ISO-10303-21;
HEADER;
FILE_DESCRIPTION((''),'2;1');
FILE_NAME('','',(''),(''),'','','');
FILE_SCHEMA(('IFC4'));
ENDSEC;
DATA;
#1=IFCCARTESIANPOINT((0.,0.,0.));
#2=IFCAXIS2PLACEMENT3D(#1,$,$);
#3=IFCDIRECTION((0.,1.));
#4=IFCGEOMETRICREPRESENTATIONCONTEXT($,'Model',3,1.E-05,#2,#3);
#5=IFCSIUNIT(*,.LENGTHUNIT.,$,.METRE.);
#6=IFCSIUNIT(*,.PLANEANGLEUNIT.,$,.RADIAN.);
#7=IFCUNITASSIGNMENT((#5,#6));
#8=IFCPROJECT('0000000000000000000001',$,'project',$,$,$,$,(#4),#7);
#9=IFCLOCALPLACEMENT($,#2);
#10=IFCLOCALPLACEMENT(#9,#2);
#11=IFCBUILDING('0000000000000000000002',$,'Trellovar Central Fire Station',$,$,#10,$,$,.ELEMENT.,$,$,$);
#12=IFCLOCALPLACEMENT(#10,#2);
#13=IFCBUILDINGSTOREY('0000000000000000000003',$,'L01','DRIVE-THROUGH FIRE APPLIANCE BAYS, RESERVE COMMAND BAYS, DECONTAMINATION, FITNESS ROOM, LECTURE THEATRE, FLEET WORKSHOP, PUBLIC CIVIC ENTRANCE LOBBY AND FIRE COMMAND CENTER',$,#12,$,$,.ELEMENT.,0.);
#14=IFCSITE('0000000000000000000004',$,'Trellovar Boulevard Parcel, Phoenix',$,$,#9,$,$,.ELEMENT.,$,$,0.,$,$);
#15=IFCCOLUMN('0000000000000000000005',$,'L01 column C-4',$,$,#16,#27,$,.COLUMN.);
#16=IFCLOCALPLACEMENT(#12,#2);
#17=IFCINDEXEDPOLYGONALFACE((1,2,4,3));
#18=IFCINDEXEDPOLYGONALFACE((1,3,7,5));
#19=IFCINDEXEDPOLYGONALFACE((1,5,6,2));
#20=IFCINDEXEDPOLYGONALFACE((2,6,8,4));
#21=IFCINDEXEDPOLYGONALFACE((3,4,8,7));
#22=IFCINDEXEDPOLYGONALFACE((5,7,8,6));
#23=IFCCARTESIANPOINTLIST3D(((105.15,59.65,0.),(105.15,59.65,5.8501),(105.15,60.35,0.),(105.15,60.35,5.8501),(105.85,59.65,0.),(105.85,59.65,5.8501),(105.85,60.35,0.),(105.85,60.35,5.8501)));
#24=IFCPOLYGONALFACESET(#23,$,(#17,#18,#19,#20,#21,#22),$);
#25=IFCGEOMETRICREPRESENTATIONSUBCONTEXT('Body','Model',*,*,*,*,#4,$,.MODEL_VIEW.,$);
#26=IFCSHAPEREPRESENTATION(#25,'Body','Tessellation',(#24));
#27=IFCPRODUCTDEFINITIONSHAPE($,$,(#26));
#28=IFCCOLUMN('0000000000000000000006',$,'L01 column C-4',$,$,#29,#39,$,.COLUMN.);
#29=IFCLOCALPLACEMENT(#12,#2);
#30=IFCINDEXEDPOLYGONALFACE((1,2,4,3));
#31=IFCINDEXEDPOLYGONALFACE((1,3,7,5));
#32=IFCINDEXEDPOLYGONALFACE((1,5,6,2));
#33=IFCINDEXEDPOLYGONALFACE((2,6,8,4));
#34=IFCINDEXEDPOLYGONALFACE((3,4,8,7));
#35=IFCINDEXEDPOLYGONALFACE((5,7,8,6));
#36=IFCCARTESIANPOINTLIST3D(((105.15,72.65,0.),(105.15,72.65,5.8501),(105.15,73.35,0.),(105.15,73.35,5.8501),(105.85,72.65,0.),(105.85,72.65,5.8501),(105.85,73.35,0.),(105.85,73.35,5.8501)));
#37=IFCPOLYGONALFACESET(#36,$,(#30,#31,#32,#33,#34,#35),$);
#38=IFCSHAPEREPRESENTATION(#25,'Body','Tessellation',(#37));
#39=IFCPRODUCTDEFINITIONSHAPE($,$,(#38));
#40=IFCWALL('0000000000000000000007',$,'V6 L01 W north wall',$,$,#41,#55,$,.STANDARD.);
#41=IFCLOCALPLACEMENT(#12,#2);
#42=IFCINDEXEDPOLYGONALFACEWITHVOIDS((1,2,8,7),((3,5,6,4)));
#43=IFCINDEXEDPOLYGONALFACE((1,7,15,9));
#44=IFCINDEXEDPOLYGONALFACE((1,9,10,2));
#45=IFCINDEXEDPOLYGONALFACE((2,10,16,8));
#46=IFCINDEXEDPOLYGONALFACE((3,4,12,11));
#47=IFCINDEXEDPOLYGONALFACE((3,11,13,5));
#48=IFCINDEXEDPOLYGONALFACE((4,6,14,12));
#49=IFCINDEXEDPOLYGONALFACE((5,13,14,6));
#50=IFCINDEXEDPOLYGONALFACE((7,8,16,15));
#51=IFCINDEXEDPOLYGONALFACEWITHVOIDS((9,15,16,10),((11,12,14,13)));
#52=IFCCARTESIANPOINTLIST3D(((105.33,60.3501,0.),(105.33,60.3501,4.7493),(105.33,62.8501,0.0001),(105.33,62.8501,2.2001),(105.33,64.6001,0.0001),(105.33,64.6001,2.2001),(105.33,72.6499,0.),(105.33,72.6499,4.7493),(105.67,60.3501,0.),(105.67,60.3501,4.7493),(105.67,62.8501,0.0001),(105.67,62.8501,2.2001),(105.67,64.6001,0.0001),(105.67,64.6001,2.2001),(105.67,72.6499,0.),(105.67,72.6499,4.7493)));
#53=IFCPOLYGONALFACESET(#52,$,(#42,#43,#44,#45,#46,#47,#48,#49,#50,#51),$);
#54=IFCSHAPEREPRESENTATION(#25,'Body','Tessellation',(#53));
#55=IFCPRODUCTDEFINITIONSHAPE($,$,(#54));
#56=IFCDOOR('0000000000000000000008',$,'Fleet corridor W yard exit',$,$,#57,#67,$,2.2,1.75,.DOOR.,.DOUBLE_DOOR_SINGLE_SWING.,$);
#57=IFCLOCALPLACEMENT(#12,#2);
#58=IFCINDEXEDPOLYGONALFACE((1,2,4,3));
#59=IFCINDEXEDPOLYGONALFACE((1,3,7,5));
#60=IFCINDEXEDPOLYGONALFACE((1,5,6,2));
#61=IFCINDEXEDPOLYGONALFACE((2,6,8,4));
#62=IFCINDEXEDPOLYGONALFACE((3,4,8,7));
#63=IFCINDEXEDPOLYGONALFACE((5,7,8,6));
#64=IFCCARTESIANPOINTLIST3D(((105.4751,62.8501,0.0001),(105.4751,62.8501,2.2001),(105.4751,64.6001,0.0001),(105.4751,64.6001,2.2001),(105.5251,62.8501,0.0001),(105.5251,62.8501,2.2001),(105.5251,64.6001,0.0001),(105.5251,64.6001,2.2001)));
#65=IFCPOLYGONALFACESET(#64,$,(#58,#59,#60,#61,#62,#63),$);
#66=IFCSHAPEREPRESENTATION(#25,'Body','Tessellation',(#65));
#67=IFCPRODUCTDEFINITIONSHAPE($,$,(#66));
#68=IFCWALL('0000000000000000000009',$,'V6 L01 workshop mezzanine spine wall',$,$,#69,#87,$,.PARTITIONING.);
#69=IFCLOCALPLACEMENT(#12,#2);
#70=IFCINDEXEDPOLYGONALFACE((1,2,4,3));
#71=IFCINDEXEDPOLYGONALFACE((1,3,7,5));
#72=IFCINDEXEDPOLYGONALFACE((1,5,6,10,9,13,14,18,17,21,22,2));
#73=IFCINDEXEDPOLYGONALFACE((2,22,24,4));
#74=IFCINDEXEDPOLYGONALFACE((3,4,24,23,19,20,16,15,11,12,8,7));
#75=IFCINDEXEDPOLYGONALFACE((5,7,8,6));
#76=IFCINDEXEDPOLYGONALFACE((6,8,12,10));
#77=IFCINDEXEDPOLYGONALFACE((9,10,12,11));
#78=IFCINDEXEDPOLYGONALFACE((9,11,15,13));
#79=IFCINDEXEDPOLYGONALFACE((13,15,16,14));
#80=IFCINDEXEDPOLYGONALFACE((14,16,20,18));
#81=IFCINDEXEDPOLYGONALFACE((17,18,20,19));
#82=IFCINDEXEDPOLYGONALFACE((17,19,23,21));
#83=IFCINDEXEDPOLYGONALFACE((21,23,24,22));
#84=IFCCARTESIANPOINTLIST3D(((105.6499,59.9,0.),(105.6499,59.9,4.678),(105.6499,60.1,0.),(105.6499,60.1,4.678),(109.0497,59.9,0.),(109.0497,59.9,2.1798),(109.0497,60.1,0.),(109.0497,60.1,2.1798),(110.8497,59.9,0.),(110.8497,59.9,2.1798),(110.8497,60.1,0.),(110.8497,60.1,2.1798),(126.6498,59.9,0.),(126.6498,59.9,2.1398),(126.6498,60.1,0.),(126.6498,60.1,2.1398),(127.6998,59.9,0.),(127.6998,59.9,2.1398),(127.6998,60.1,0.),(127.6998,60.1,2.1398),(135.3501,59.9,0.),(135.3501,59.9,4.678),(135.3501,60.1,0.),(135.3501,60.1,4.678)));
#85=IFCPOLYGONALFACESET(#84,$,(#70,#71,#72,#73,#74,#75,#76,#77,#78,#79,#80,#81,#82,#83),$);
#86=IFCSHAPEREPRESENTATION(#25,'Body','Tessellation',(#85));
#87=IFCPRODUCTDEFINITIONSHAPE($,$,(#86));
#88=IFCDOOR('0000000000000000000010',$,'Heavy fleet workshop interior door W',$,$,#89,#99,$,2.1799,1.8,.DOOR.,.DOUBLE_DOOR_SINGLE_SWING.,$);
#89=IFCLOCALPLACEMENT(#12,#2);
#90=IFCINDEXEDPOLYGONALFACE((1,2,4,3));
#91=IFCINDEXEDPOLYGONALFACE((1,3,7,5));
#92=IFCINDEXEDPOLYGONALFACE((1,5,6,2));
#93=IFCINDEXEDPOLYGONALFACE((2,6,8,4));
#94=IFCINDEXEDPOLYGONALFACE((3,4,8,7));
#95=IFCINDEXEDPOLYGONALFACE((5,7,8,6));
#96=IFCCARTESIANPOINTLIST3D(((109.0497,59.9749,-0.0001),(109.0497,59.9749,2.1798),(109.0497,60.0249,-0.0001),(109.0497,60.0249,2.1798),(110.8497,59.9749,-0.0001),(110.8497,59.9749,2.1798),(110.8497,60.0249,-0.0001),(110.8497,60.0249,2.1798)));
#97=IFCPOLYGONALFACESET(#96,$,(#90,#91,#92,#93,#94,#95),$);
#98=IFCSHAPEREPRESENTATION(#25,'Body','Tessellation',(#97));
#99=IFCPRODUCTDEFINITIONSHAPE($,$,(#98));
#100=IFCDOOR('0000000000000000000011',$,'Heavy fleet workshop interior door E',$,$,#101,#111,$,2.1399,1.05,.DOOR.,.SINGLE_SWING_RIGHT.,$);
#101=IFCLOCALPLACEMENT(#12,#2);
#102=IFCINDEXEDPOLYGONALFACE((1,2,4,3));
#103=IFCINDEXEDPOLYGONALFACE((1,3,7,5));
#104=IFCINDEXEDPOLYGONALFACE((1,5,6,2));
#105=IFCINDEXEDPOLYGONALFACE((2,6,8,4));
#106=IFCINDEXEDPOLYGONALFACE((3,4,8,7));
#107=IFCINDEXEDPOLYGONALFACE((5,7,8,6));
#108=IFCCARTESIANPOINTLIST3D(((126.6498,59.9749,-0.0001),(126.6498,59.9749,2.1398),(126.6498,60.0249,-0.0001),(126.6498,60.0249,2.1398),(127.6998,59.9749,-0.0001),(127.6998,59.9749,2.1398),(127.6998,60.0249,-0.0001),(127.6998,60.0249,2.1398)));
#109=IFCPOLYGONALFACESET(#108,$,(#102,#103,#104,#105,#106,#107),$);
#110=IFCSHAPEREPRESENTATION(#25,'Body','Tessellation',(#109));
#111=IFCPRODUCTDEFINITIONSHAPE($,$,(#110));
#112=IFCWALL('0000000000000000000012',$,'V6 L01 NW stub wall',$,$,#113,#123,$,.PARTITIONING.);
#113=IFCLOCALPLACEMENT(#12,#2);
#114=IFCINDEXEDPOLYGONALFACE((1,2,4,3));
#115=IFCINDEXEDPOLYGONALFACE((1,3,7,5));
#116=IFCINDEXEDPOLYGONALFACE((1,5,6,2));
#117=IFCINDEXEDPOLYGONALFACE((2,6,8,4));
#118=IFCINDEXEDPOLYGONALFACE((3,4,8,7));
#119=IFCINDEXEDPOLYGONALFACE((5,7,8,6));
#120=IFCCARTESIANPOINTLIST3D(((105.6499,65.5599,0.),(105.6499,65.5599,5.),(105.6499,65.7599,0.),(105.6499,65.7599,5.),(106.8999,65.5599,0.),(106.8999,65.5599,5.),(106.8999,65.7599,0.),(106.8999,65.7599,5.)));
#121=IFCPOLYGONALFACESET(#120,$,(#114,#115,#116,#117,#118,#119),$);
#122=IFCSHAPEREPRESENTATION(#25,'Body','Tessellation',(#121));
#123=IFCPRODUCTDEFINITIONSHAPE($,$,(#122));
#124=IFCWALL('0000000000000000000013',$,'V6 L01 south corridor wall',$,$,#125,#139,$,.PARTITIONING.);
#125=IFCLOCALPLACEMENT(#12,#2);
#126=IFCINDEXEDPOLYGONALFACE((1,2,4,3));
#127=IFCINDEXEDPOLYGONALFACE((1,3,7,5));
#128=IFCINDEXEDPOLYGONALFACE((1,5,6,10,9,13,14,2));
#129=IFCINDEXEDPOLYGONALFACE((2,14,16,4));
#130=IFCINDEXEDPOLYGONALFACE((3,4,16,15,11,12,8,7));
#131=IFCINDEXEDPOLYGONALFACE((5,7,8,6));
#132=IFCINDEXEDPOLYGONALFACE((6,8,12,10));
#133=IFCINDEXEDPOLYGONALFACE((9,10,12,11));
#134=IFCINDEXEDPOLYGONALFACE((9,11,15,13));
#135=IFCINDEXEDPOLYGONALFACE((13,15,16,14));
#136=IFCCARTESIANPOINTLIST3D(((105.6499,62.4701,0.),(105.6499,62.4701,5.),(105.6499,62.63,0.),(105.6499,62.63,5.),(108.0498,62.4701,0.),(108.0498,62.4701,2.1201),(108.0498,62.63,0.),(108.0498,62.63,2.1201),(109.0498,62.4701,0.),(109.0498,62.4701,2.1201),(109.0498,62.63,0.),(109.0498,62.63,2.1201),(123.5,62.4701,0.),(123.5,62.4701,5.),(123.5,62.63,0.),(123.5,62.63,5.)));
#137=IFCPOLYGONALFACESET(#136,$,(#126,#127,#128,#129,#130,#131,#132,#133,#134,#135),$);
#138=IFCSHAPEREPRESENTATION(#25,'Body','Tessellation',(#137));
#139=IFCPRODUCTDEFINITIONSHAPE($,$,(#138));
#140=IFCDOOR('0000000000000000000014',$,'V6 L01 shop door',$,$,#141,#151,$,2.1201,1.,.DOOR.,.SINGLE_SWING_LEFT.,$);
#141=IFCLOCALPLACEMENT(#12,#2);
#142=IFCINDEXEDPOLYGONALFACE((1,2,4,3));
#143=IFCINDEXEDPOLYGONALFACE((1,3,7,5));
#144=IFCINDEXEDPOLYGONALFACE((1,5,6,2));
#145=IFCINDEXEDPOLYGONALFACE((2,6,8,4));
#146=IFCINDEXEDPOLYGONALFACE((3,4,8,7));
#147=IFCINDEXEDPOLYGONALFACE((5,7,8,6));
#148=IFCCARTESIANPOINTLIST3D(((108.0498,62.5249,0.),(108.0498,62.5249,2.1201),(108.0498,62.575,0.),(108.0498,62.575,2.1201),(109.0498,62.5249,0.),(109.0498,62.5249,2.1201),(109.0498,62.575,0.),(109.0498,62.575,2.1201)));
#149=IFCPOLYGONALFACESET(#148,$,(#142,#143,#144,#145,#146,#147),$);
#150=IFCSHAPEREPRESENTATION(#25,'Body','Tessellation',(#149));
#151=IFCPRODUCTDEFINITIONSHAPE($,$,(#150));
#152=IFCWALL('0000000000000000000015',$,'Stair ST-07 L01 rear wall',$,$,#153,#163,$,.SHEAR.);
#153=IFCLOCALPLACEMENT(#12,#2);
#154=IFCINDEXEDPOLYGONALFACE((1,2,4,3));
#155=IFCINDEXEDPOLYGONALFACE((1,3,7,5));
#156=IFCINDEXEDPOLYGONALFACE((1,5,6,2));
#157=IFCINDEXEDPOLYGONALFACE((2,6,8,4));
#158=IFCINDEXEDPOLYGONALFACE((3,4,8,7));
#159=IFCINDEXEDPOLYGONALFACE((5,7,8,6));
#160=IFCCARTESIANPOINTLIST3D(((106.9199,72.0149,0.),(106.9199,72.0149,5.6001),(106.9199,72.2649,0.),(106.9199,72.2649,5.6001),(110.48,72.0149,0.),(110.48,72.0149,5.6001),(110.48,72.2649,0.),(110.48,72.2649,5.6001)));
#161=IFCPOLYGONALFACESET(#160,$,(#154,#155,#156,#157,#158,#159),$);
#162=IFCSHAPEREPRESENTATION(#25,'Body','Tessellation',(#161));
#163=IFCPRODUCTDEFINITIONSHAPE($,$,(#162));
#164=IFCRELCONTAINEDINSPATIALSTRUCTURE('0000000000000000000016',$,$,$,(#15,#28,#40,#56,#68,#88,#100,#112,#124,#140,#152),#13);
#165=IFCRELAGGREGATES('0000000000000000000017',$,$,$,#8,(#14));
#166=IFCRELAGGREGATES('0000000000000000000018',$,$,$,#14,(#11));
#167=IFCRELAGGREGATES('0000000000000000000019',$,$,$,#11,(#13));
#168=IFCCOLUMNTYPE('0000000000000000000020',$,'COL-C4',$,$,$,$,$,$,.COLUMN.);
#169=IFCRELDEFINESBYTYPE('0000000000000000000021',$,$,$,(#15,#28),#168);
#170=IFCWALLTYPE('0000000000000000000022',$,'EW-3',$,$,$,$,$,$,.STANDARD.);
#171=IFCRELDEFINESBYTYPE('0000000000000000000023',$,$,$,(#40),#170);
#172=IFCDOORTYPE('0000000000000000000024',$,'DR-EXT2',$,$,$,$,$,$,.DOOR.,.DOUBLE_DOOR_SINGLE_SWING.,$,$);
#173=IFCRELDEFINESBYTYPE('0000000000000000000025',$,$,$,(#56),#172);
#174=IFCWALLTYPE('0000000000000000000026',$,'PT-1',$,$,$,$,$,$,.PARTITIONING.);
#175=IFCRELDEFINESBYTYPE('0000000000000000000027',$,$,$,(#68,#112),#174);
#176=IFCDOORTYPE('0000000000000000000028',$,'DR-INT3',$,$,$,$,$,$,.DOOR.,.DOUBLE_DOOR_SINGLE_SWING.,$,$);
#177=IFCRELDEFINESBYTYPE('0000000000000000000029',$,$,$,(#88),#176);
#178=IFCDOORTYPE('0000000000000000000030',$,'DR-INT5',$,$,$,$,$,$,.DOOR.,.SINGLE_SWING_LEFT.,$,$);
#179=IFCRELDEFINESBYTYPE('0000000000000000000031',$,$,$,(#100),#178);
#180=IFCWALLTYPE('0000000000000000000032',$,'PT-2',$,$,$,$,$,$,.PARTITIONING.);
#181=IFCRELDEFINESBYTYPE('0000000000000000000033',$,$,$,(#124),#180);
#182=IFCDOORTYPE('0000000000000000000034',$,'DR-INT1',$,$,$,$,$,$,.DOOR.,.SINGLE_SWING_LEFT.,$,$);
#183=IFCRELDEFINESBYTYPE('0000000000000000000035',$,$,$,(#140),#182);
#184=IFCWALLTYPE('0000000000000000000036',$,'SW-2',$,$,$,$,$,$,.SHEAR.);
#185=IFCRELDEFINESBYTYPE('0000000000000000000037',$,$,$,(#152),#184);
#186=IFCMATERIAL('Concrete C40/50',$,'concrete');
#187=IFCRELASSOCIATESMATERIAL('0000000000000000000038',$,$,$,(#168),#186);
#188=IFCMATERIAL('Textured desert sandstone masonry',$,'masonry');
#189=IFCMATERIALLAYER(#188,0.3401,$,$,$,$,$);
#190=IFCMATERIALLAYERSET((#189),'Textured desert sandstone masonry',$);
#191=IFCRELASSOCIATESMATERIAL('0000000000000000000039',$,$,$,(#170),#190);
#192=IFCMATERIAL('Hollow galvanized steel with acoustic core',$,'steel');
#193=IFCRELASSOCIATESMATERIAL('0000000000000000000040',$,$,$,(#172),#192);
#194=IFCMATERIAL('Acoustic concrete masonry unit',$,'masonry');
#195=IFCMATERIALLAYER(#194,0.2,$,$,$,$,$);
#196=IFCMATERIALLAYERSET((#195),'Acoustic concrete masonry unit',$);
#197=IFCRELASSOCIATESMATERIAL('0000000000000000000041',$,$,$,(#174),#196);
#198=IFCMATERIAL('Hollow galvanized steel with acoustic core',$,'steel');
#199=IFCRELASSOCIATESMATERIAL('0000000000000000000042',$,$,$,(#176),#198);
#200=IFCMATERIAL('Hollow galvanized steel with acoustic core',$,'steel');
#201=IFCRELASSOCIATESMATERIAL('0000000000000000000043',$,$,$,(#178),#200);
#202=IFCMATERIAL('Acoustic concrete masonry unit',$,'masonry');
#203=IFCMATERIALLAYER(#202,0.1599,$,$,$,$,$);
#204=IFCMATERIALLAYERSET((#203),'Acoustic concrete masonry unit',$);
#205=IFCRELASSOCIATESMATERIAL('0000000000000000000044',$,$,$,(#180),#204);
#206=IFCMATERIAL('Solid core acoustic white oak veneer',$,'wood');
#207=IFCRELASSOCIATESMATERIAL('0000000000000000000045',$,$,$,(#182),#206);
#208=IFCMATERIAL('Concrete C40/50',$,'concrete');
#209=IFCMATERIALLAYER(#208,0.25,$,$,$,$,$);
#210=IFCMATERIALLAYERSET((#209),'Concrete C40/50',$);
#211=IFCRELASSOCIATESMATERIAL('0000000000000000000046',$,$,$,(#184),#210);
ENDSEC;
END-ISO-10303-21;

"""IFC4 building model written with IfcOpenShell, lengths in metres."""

from ifc_helpers import new_model, si_unit, direction, frame, frame_2d, origin, origin_2d, place, context, subcontext, project, spatial, rectangle, extrude, material, layer, layer_set, material_profile, profile_set, type_object, element, fill, save


model = new_model("IFC4")

# Units and contexts
model_context = context("Model", 3, precision=1e-05, world=origin(), true_north=direction((0.0, 1.0)))
body_context = subcontext(model_context, "Body", "Model", "MODEL_VIEW")
ifc_project = project(units=[si_unit("LENGTHUNIT", "METRE"), si_unit("PLANEANGLEUNIT", "RADIAN")], contexts=[model_context])

# Site, building, storey
site_placement = place(None, origin())
site = spatial("IfcSite", under=ifc_project, at=site_placement, Name="Trellovar Boulevard Parcel, Phoenix", CompositionType="ELEMENT", RefElevation=0.0)
building_placement = place(site_placement, origin())
building = spatial("IfcBuilding", under=site, at=building_placement, Name="Trellovar Central Fire Station", CompositionType="ELEMENT")
storey_placement = place(building_placement, origin())
storey = spatial("IfcBuildingStorey", under=building, at=storey_placement, Name="L01", Description="DRIVE-THROUGH FIRE APPLIANCE BAYS, RESERVE COMMAND BAYS, DECONTAMINATION, FITNESS ROOM, LECTURE THEATRE, FLEET WORKSHOP, PUBLIC CIVIC ENTRANCE LOBBY AND FIRE COMMAND CENTER", CompositionType="ELEMENT", Elevation=0.0)

# Columns
ifc_material_1 = material(Name="Concrete C40/50", Category="concrete")
ifc_material_profile_1 = material_profile(ifc_material_1, rectangle(XDim=0.7, YDim=0.7, at=origin_2d()), Name="RC700X700")
ifc_profile_set_1 = profile_set([ifc_material_profile_1], Name="Concrete C40/50")
column_type = type_object("IfcColumnType", Name="COL-C4", PredefinedType="COLUMN", material=ifc_profile_set_1)
for number, where, z_axis, x_axis, name in (
    (1, (105.5, 60.0, 0.0), (0.0, 0.0, 1.0), (1.0, 0.0, 0.0), "L01 column C-4"),
    (2, (105.5, 73.0, 0.0), (0.0, 0.0, 1.0), (1.0, 0.0, 0.0), "L01 column C-4"),
):
    element("IfcColumn", number, at=place(storey_placement, frame(where, z_axis=z_axis, x_axis=x_axis)), inside=storey, type_object=column_type, Name=name, PredefinedType="COLUMN", context=body_context, shape_type="SweptSolid", body=[
        extrude(rectangle(XDim=0.7, YDim=0.7, at=origin_2d()), origin(), (0.0, 0.0, 1.0), 5.8501),
    ])

# Wall, opening, door
ifc_material_2 = material(Name="Textured desert sandstone masonry", Category="masonry")
ifc_layer_1 = layer(ifc_material_2, 0.3401)
ifc_layer_set_1 = layer_set([ifc_layer_1], Name="Textured desert sandstone masonry")
wall_type_1 = type_object("IfcWallType", Name="EW-3", PredefinedType="STANDARD", material=ifc_layer_set_1)
wall_1_placement = place(storey_placement, frame((105.5, 60.3501, 0.0), z_axis=(0.0, 0.0, 1.0), x_axis=(0.0, 1.0, 0.0)))
wall_1 = element("IfcWall", 3, at=wall_1_placement, inside=storey, type_object=wall_type_1, Name="V6 L01 W north wall", PredefinedType="STANDARD", context=body_context, shape_type="SweptSolid", body=[
    extrude(rectangle(XDim=12.2998, YDim=0.3401, at=frame_2d((6.1499, 0.0))), origin(), (0.0, 0.0, 1.0), 4.7493),
])
opening_1_placement = place(wall_1_placement, frame((2.5, 0.0, 0.0)))
opening_1 = element("IfcOpeningElement", 4, at=opening_1_placement, cuts=wall_1, PredefinedType="OPENING", context=body_context, shape_type="SweptSolid", body=[
    extrude(rectangle(XDim=1.75, YDim=2.2, at=frame_2d((0.875, 1.1001))), frame((0.0, 0.1799, 0.0), z_axis=(0.0, -1.0, 0.0), x_axis=(1.0, 0.0, 0.0)), (0.0, 0.0, 1.0), 0.3601),
])
ifc_material_3 = material(Name="Hollow galvanized steel with acoustic core", Category="steel")
door_type_1 = type_object("IfcDoorType", Name="DR-EXT2", OperationType="DOUBLE_DOOR_SINGLE_SWING", PredefinedType="DOOR", material=ifc_material_3)
door_1_placement = place(opening_1_placement, origin())
door_1 = element("IfcDoor", 5, at=door_1_placement, inside=storey, type_object=door_type_1, Name="Fleet corridor W yard exit", OperationType="DOUBLE_DOOR_SINGLE_SWING", OverallHeight=2.2, OverallWidth=1.75, PredefinedType="DOOR", context=body_context, shape_type="SweptSolid", body=[
    extrude(rectangle(XDim=1.75, YDim=2.2, at=frame_2d((0.875, 1.1001))), frame((0.0, 0.0249, 0.0), z_axis=(0.0, -1.0, 0.0), x_axis=(1.0, 0.0, 0.0)), (0.0, 0.0, 1.0), 0.05),
])
fill(opening_1, door_1)

# Wall, openings, doors
ifc_material_4 = material(Name="Acoustic concrete masonry unit", Category="masonry")
ifc_layer_2 = layer(ifc_material_4, 0.2)
ifc_layer_set_2 = layer_set([ifc_layer_2], Name="Acoustic concrete masonry unit")
wall_type_2 = type_object("IfcWallType", Name="PT-1", PredefinedType="PARTITIONING", material=ifc_layer_set_2)
wall_2_placement = place(storey_placement, frame((105.6499, 60.0, 0.0), z_axis=(0.0, 0.0, 1.0), x_axis=(1.0, 0.0, 0.0)))
wall_2 = element("IfcWall", 6, at=wall_2_placement, inside=storey, type_object=wall_type_2, Name="V6 L01 workshop mezzanine spine wall", PredefinedType="PARTITIONING", context=body_context, shape_type="SweptSolid", body=[
    extrude(rectangle(XDim=29.7002, YDim=0.2, at=frame_2d((14.8501, 0.0))), origin(), (0.0, 0.0, 1.0), 4.678),
])
opening_2_placement = place(wall_2_placement, frame((3.3999, 0.0, 0.0)))
opening_2 = element("IfcOpeningElement", 7, at=opening_2_placement, cuts=wall_2, PredefinedType="OPENING", context=body_context, shape_type="SweptSolid", body=[
    extrude(rectangle(XDim=1.8, YDim=2.1799, at=frame_2d((0.8999, 1.0898))), frame((0.0, 0.1099, 0.0), z_axis=(0.0, -1.0, 0.0), x_axis=(1.0, 0.0, 0.0)), (0.0, 0.0, 1.0), 0.22),
])
opening_3_placement = place(wall_2_placement, frame((21.0, 0.0, 0.0)))
opening_3 = element("IfcOpeningElement", 8, at=opening_3_placement, cuts=wall_2, PredefinedType="OPENING", context=body_context, shape_type="SweptSolid", body=[
    extrude(rectangle(XDim=1.05, YDim=2.1399, at=frame_2d((0.5249, 1.0698))), frame((0.0, 0.1099, 0.0), z_axis=(0.0, -1.0, 0.0), x_axis=(1.0, 0.0, 0.0)), (0.0, 0.0, 1.0), 0.22),
])
ifc_material_5 = material(Name="Hollow galvanized steel with acoustic core", Category="steel")
door_type_2 = type_object("IfcDoorType", Name="DR-INT3", OperationType="DOUBLE_DOOR_SINGLE_SWING", PredefinedType="DOOR", material=ifc_material_5)
door_2_placement = place(opening_2_placement, origin())
door_2 = element("IfcDoor", 9, at=door_2_placement, inside=storey, type_object=door_type_2, Name="Heavy fleet workshop interior door W", OperationType="DOUBLE_DOOR_SINGLE_SWING", OverallHeight=2.1799, OverallWidth=1.8, PredefinedType="DOOR", context=body_context, shape_type="SweptSolid", body=[
    extrude(rectangle(XDim=1.8, YDim=2.1799, at=frame_2d((0.8999, 1.0898))), frame((0.0, 0.0249, 0.0), z_axis=(0.0, -1.0, 0.0), x_axis=(1.0, 0.0, 0.0)), (0.0, 0.0, 1.0), 0.05),
])
fill(opening_2, door_2)
ifc_material_6 = material(Name="Hollow galvanized steel with acoustic core", Category="steel")
door_type_3 = type_object("IfcDoorType", Name="DR-INT5", OperationType="SINGLE_SWING_LEFT", PredefinedType="DOOR", material=ifc_material_6)
door_3_placement = place(opening_3_placement, origin())
door_3 = element("IfcDoor", 10, at=door_3_placement, inside=storey, type_object=door_type_3, Name="Heavy fleet workshop interior door E", OperationType="SINGLE_SWING_RIGHT", OverallHeight=2.1399, OverallWidth=1.05, PredefinedType="DOOR", context=body_context, shape_type="SweptSolid", body=[
    extrude(rectangle(XDim=1.05, YDim=2.1399, at=frame_2d((0.5249, 1.0698))), frame((0.0, 0.0249, 0.0), z_axis=(0.0, -1.0, 0.0), x_axis=(1.0, 0.0, 0.0)), (0.0, 0.0, 1.0), 0.05),
])
fill(opening_3, door_3)

# Wall
wall_3_placement = place(storey_placement, frame((105.6499, 65.6599, 0.0), z_axis=(0.0, 0.0, 1.0), x_axis=(1.0, 0.0, 0.0)))
element("IfcWall", 11, at=wall_3_placement, inside=storey, type_object=wall_type_2, Name="V6 L01 NW stub wall", PredefinedType="PARTITIONING", context=body_context, shape_type="SweptSolid", body=[
    extrude(rectangle(XDim=1.25, YDim=0.2, at=frame_2d((0.625, 0.0))), origin(), (0.0, 0.0, 1.0), 5.0),
])

# Wall, opening, door
ifc_material_7 = material(Name="Acoustic concrete masonry unit", Category="masonry")
ifc_layer_3 = layer(ifc_material_7, 0.1599)
ifc_layer_set_3 = layer_set([ifc_layer_3], Name="Acoustic concrete masonry unit")
wall_type_3 = type_object("IfcWallType", Name="PT-2", PredefinedType="PARTITIONING", material=ifc_layer_set_3)
wall_4_placement = place(storey_placement, frame((105.6499, 62.55, 0.0), z_axis=(0.0, 0.0, 1.0), x_axis=(1.0, 0.0, 0.0)))
wall_4 = element("IfcWall", 12, at=wall_4_placement, inside=storey, type_object=wall_type_3, Name="V6 L01 south corridor wall", PredefinedType="PARTITIONING", context=body_context, shape_type="SweptSolid", body=[
    extrude(rectangle(XDim=17.8501, YDim=0.1599, at=frame_2d((8.925, 0.0))), origin(), (0.0, 0.0, 1.0), 5.0),
])
opening_4_placement = place(wall_4_placement, frame((2.3999, 0.0, 0.0)))
opening_4 = element("IfcOpeningElement", 13, at=opening_4_placement, cuts=wall_4, PredefinedType="OPENING", context=body_context, shape_type="SweptSolid", body=[
    extrude(rectangle(XDim=1.0, YDim=2.1201, at=frame_2d((0.5, 1.0601))), frame((0.0, 0.0898, 0.0), z_axis=(0.0, -1.0, 0.0), x_axis=(1.0, 0.0, 0.0)), (0.0, 0.0, 1.0), 0.1799),
])
ifc_material_8 = material(Name="Solid core acoustic white oak veneer", Category="wood")
door_type_4 = type_object("IfcDoorType", Name="DR-INT1", OperationType="SINGLE_SWING_LEFT", PredefinedType="DOOR", material=ifc_material_8)
door_4_placement = place(opening_4_placement, origin())
door_4 = element("IfcDoor", 14, at=door_4_placement, inside=storey, type_object=door_type_4, Name="V6 L01 shop door", OperationType="SINGLE_SWING_LEFT", OverallHeight=2.1201, OverallWidth=1.0, PredefinedType="DOOR", context=body_context, shape_type="SweptSolid", body=[
    extrude(rectangle(XDim=1.0, YDim=2.1201, at=frame_2d((0.5, 1.0601))), frame((0.0, 0.0249, 0.0), z_axis=(0.0, -1.0, 0.0), x_axis=(1.0, 0.0, 0.0)), (0.0, 0.0, 1.0), 0.05),
])
fill(opening_4, door_4)

# Wall
ifc_material_9 = material(Name="Concrete C40/50", Category="concrete")
ifc_layer_4 = layer(ifc_material_9, 0.25)
ifc_layer_set_4 = layer_set([ifc_layer_4], Name="Concrete C40/50")
wall_type_4 = type_object("IfcWallType", Name="SW-2", PredefinedType="SHEAR", material=ifc_layer_set_4)
wall_5_placement = place(storey_placement, frame((106.9199, 72.1399, 0.0), z_axis=(0.0, 0.0, 1.0), x_axis=(1.0, 0.0, 0.0)))
element("IfcWall", 15, at=wall_5_placement, inside=storey, type_object=wall_type_4, Name="Stair ST-07 L01 rear wall", PredefinedType="SHEAR", context=body_context, shape_type="SweptSolid", body=[
    extrude(rectangle(XDim=3.5601, YDim=0.25, at=frame_2d((1.78, 0.0))), origin(), (0.0, 0.0, 1.0), 5.6001),
])

save(model, "model.ifc")
